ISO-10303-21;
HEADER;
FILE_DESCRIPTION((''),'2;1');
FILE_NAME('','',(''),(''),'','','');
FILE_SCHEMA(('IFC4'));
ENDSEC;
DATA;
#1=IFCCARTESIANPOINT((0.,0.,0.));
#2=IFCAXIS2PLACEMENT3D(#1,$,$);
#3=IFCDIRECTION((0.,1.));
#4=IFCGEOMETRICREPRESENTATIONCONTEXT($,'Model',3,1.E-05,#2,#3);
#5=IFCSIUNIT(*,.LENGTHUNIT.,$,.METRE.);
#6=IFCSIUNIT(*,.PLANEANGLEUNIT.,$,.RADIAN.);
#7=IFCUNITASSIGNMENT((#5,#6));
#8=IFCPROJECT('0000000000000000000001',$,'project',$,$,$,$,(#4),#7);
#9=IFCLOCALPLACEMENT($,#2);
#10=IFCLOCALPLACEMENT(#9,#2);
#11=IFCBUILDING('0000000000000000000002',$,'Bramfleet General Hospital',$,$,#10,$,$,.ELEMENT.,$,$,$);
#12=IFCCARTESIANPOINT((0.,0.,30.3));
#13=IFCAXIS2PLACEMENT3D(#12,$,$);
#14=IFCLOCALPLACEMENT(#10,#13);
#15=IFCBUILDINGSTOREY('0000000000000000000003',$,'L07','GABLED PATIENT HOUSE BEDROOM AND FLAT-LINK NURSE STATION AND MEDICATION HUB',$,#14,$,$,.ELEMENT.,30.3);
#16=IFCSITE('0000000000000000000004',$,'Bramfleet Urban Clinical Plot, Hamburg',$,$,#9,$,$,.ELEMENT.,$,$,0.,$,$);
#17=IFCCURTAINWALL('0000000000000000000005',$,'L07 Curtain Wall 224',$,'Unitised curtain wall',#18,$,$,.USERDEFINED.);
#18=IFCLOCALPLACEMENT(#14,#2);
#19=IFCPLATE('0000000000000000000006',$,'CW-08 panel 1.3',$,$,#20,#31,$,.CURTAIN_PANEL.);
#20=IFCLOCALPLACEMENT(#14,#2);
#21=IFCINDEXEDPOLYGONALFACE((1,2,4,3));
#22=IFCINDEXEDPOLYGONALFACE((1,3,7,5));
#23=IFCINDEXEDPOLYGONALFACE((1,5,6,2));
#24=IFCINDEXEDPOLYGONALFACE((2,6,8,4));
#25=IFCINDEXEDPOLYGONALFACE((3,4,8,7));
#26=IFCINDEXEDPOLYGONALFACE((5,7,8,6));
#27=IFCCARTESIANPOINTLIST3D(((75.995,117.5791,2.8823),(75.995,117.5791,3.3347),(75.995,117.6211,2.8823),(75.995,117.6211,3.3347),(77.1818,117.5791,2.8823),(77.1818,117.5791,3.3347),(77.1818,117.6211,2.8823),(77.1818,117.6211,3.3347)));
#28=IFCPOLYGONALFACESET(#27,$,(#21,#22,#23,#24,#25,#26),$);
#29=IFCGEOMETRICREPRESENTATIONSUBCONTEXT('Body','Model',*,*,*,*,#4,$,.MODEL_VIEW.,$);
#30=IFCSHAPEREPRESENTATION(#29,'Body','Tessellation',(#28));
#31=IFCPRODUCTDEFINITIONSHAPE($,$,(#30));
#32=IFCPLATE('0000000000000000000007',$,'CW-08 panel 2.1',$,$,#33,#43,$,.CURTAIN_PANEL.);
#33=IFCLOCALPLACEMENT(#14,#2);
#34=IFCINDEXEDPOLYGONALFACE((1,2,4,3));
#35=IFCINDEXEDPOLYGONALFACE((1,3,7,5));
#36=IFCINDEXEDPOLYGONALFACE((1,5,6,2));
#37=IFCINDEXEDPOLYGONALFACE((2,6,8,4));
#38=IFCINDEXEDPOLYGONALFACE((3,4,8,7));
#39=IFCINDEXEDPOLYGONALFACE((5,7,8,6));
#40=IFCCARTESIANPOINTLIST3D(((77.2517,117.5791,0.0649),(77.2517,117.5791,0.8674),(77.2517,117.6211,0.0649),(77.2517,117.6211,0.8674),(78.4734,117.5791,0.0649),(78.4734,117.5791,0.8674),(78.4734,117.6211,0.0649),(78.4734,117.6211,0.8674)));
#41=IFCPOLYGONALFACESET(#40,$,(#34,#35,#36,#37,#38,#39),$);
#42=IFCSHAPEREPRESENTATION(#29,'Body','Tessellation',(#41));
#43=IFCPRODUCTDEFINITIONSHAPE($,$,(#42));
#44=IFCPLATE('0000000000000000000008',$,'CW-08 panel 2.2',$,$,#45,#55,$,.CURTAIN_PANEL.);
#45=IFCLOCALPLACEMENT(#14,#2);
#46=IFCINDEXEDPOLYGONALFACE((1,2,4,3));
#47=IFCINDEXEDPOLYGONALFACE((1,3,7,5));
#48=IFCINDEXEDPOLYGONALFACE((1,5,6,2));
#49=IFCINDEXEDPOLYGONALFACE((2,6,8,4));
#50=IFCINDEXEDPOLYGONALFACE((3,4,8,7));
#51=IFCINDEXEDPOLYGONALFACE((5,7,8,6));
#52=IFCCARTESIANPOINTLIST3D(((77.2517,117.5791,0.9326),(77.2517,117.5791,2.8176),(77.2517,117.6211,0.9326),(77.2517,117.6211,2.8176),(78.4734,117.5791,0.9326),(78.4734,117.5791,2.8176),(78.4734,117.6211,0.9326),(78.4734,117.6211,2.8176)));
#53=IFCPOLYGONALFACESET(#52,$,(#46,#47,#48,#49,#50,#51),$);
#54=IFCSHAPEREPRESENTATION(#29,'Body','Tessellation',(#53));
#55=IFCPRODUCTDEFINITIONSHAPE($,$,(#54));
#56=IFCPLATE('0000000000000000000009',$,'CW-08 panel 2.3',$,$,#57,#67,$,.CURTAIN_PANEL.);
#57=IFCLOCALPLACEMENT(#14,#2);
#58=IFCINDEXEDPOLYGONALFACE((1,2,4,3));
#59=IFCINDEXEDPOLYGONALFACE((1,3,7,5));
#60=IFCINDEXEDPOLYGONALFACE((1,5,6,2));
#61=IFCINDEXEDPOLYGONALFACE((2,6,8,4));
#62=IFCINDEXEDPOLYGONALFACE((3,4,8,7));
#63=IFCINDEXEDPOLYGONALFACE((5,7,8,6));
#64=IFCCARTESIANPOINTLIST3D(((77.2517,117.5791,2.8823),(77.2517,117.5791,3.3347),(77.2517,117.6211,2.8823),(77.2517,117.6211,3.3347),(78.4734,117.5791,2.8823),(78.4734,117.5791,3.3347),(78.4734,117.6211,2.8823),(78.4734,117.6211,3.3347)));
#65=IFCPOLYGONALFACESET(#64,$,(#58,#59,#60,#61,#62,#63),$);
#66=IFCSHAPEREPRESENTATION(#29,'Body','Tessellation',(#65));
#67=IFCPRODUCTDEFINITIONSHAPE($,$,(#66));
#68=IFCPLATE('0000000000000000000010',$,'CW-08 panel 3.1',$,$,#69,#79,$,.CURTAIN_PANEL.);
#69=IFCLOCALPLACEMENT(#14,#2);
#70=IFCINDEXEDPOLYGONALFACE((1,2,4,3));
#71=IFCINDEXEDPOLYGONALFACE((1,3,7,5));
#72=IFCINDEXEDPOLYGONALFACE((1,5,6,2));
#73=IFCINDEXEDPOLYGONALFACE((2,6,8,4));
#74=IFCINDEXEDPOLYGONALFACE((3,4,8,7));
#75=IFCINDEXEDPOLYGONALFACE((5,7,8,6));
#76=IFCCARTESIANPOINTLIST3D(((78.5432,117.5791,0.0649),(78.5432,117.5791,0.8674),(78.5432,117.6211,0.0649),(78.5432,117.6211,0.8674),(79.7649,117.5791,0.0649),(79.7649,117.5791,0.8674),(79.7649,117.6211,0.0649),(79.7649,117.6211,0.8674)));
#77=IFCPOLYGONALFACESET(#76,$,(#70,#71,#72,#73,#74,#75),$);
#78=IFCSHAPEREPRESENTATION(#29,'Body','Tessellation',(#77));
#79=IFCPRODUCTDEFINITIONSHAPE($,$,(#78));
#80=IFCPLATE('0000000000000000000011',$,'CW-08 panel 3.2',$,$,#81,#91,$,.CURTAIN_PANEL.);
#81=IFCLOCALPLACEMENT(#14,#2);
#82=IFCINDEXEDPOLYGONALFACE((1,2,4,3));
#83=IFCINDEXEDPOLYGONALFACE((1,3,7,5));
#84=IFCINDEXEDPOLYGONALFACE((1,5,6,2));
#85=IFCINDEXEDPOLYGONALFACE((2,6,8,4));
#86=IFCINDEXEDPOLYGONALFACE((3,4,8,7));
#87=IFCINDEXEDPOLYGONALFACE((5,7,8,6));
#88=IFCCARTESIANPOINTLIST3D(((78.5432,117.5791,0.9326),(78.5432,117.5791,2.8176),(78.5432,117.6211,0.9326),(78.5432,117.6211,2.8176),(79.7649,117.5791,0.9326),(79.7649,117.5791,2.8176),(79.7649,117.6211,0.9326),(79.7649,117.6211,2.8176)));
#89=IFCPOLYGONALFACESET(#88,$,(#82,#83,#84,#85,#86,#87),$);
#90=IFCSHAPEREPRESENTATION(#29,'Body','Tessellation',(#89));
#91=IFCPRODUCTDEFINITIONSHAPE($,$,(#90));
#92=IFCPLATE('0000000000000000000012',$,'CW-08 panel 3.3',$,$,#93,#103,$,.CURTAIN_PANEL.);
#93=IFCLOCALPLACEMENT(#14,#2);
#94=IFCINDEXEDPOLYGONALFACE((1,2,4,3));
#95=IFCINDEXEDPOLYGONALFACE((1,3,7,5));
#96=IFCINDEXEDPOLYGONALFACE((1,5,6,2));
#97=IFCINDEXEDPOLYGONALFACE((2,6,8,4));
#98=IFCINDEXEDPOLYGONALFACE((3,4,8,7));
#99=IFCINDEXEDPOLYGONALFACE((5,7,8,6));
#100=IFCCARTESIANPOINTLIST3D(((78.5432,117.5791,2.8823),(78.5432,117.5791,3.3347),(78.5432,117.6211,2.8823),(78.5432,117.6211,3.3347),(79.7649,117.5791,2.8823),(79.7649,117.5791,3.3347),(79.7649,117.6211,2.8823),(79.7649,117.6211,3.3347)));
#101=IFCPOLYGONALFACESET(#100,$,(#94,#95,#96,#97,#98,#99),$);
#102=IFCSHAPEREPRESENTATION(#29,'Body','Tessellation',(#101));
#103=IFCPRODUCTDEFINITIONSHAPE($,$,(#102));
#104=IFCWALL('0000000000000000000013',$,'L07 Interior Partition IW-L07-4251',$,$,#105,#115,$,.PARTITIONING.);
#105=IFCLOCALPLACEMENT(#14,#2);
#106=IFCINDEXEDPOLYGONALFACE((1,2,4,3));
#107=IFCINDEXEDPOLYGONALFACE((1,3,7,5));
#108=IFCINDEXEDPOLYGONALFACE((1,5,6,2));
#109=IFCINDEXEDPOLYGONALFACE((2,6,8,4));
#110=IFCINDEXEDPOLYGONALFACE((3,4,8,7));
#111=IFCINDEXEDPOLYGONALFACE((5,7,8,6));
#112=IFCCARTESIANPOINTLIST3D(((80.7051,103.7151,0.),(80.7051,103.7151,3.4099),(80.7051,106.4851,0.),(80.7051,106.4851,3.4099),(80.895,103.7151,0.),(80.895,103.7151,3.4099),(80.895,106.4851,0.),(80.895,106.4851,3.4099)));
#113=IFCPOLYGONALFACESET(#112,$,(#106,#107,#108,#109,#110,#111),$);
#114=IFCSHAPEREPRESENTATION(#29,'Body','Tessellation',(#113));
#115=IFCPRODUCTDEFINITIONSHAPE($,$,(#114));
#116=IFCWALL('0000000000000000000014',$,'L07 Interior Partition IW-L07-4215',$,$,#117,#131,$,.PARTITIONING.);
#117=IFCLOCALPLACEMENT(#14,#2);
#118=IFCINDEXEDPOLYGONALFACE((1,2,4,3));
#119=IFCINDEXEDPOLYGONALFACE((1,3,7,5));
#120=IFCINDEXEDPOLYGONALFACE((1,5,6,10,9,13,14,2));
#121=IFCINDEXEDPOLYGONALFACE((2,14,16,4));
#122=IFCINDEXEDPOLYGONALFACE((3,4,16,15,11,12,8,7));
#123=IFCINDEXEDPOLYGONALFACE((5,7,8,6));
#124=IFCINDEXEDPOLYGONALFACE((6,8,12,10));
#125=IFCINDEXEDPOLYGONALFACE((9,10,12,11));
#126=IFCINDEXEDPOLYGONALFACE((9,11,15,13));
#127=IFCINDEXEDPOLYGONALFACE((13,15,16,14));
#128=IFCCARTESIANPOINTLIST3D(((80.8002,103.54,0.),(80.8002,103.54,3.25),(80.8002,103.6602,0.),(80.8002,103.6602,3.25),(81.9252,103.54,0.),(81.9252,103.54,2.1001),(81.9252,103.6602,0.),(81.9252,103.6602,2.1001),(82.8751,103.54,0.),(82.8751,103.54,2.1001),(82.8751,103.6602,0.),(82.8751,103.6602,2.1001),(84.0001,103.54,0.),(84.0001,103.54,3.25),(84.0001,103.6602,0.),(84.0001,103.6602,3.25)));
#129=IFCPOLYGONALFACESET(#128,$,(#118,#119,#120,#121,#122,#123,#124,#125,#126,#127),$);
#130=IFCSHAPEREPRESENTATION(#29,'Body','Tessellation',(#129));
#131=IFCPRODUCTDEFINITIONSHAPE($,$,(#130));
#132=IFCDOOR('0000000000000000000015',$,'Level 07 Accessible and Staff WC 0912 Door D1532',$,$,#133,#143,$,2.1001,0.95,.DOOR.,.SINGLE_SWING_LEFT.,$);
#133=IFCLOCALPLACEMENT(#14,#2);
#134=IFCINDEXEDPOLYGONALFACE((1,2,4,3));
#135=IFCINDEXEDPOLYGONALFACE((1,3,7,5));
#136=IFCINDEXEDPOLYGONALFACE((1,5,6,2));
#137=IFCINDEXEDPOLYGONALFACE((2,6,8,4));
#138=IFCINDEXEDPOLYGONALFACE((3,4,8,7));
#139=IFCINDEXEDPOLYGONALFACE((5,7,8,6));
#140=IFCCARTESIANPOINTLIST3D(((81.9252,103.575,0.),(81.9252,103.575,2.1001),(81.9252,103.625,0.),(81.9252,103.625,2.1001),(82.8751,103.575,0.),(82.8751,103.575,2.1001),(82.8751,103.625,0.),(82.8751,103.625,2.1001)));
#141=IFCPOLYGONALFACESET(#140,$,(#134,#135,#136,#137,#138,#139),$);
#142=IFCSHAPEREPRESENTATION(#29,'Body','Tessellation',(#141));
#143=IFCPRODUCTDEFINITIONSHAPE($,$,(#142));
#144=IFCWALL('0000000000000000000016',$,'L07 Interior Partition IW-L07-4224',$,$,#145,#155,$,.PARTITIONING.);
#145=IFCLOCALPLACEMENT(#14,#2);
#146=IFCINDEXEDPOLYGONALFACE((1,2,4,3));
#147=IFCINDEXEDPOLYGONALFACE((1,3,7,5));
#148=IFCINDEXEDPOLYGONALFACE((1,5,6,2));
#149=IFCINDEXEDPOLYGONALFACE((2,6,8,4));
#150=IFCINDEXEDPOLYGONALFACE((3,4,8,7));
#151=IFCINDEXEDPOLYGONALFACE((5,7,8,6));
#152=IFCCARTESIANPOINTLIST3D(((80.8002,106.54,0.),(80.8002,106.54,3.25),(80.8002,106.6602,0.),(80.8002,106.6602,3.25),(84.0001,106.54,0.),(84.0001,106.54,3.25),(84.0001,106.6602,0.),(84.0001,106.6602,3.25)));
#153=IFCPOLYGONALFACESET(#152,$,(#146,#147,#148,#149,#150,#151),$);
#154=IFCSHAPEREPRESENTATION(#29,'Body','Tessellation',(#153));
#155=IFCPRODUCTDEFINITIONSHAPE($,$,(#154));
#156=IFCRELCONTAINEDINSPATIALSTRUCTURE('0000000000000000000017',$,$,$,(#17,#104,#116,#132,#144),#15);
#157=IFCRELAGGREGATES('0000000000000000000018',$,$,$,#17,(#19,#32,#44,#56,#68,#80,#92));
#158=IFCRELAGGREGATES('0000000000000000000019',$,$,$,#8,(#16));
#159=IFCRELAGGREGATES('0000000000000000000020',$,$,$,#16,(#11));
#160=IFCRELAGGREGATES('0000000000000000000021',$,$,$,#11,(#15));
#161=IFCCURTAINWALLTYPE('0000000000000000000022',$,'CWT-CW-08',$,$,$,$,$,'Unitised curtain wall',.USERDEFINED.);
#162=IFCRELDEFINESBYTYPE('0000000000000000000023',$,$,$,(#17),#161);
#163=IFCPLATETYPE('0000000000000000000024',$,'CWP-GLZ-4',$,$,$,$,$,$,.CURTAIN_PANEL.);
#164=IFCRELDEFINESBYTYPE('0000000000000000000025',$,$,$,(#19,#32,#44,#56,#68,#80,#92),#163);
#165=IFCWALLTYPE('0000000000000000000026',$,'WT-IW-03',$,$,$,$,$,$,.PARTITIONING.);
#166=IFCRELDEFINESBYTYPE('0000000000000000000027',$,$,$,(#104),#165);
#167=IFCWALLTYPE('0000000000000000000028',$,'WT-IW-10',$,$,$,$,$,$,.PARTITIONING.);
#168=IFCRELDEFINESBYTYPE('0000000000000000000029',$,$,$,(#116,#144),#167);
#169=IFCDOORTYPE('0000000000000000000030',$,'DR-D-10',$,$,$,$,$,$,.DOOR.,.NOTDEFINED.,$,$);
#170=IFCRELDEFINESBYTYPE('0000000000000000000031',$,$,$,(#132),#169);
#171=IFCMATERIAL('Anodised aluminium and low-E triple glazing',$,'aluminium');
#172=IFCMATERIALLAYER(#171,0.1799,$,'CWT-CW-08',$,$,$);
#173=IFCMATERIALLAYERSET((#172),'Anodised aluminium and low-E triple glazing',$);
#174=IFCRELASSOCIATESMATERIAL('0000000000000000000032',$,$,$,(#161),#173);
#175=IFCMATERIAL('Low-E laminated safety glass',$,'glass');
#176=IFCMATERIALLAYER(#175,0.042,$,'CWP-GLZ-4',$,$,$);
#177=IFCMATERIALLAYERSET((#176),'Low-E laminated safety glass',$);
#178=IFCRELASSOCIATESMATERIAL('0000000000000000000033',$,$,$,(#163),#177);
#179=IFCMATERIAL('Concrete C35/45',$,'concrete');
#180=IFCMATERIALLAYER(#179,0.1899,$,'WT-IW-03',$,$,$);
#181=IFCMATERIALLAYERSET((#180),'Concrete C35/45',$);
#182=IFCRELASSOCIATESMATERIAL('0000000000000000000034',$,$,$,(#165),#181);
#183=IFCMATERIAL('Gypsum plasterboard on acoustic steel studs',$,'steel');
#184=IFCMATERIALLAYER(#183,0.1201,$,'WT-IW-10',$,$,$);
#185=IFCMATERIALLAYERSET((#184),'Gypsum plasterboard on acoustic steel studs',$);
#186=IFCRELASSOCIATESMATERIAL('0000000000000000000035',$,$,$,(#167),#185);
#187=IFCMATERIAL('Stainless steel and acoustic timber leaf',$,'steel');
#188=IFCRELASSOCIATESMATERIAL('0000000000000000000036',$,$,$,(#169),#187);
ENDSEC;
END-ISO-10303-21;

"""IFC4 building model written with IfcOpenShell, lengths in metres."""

from ifc_helpers import new_model, si_unit, direction, frame, frame_2d, origin, origin_2d, place, context, subcontext, project, spatial, rectangle, extrude, material, layer, layer_set, type_object, element, fill, aggregate, save


model = new_model("IFC4")

# Units and contexts
model_context = context("Model", 3, precision=1e-05, world=origin(), true_north=direction((0.0, 1.0)))
body_context = subcontext(model_context, "Body", "Model", "MODEL_VIEW")
ifc_project = project(units=[si_unit("LENGTHUNIT", "METRE"), si_unit("PLANEANGLEUNIT", "RADIAN")], contexts=[model_context])

# Site, building, storey
site_placement = place(None, origin())
site = spatial("IfcSite", under=ifc_project, at=site_placement, Name="Bramfleet Urban Clinical Plot, Hamburg", CompositionType="ELEMENT", RefElevation=0.0)
building_placement = place(site_placement, origin())
building = spatial("IfcBuilding", under=site, at=building_placement, Name="Bramfleet General Hospital", CompositionType="ELEMENT")
storey_placement = place(building_placement, frame((0.0, 0.0, 30.3)))
storey = spatial("IfcBuildingStorey", under=building, at=storey_placement, Name="L07", Description="GABLED PATIENT HOUSE BEDROOM AND FLAT-LINK NURSE STATION AND MEDICATION HUB", CompositionType="ELEMENT", Elevation=30.3)

# Curtain wall, plates
ifc_material_1 = material(Name="Anodised aluminium and low-E triple glazing", Category="aluminium")
ifc_layer_1 = layer(ifc_material_1, 0.1799, Name="CWT-CW-08")
ifc_layer_set_1 = layer_set([ifc_layer_1], Name="Anodised aluminium and low-E triple glazing")
curtain_wall_type = type_object("IfcCurtainWallType", Name="CWT-CW-08", ElementType="Unitised curtain wall", PredefinedType="USERDEFINED", material=ifc_layer_set_1)
curtain_wall_placement = place(storey_placement, origin())
curtain_wall = element("IfcCurtainWall", 1, at=curtain_wall_placement, inside=storey, type_object=curtain_wall_type, Name="L07 Curtain Wall 224", ObjectType="Unitised curtain wall", PredefinedType="USERDEFINED")
ifc_material_2 = material(Name="Low-E laminated safety glass", Category="glass")
ifc_layer_2 = layer(ifc_material_2, 0.042, Name="CWP-GLZ-4")
ifc_layer_set_2 = layer_set([ifc_layer_2], Name="Low-E laminated safety glass")
plate_type = type_object("IfcPlateType", Name="CWP-GLZ-4", PredefinedType="CURTAIN_PANEL", material=ifc_layer_set_2)
plate_1_placement = place(storey_placement, frame((76.5884, 117.6001, 2.8823), z_axis=(0.0, 0.0, 1.0), x_axis=(1.0, 0.0, 0.0)))
plate_1 = element("IfcPlate", 2, at=plate_1_placement, type_object=plate_type, Name="CW-08 panel 1.3", PredefinedType="CURTAIN_PANEL", context=body_context, shape_type="SweptSolid", body=[
    extrude(rectangle(XDim=1.1868, YDim=0.042, at=origin_2d()), origin(), (0.0, 0.0, 1.0), 0.4524),
])
plate_2_placement = place(storey_placement, frame((77.8625, 117.6001, 0.0649), z_axis=(0.0, 0.0, 1.0), x_axis=(1.0, 0.0, 0.0)))
plate_2 = element("IfcPlate", 3, at=plate_2_placement, type_object=plate_type, Name="CW-08 panel 2.1", PredefinedType="CURTAIN_PANEL", context=body_context, shape_type="SweptSolid", body=[
    extrude(rectangle(XDim=1.2217, YDim=0.042, at=origin_2d()), origin(), (0.0, 0.0, 1.0), 0.8025),
])
plate_3_placement = place(storey_placement, frame((77.8625, 117.6001, 0.9326), z_axis=(0.0, 0.0, 1.0), x_axis=(1.0, 0.0, 0.0)))
plate_3 = element("IfcPlate", 4, at=plate_3_placement, type_object=plate_type, Name="CW-08 panel 2.2", PredefinedType="CURTAIN_PANEL", context=body_context, shape_type="SweptSolid", body=[
    extrude(rectangle(XDim=1.2217, YDim=0.042, at=origin_2d()), origin(), (0.0, 0.0, 1.0), 1.885),
])
plate_4_placement = place(storey_placement, frame((77.8625, 117.6001, 2.8823), z_axis=(0.0, 0.0, 1.0), x_axis=(1.0, 0.0, 0.0)))
plate_4 = element("IfcPlate", 5, at=plate_4_placement, type_object=plate_type, Name="CW-08 panel 2.3", PredefinedType="CURTAIN_PANEL", context=body_context, shape_type="SweptSolid", body=[
    extrude(rectangle(XDim=1.2217, YDim=0.042, at=origin_2d()), origin(), (0.0, 0.0, 1.0), 0.4524),
])
plate_5_placement = place(storey_placement, frame((79.1541, 117.6001, 0.0649), z_axis=(0.0, 0.0, 1.0), x_axis=(1.0, 0.0, 0.0)))
plate_5 = element("IfcPlate", 6, at=plate_5_placement, type_object=plate_type, Name="CW-08 panel 3.1", PredefinedType="CURTAIN_PANEL", context=body_context, shape_type="SweptSolid", body=[
    extrude(rectangle(XDim=1.2217, YDim=0.042, at=origin_2d()), origin(), (0.0, 0.0, 1.0), 0.8025),
])
plate_6_placement = place(storey_placement, frame((79.1541, 117.6001, 0.9326), z_axis=(0.0, 0.0, 1.0), x_axis=(1.0, 0.0, 0.0)))
plate_6 = element("IfcPlate", 7, at=plate_6_placement, type_object=plate_type, Name="CW-08 panel 3.2", PredefinedType="CURTAIN_PANEL", context=body_context, shape_type="SweptSolid", body=[
    extrude(rectangle(XDim=1.2217, YDim=0.042, at=origin_2d()), origin(), (0.0, 0.0, 1.0), 1.885),
])
plate_7_placement = place(storey_placement, frame((79.1541, 117.6001, 2.8823), z_axis=(0.0, 0.0, 1.0), x_axis=(1.0, 0.0, 0.0)))
plate_7 = element("IfcPlate", 8, at=plate_7_placement, type_object=plate_type, Name="CW-08 panel 3.3", PredefinedType="CURTAIN_PANEL", context=body_context, shape_type="SweptSolid", body=[
    extrude(rectangle(XDim=1.2217, YDim=0.042, at=origin_2d()), origin(), (0.0, 0.0, 1.0), 0.4524),
])
aggregate(curtain_wall, [plate_1, plate_2, plate_3, plate_4, plate_5, plate_6, plate_7])

# Wall
ifc_material_3 = material(Name="Concrete C35/45", Category="concrete")
ifc_layer_3 = layer(ifc_material_3, 0.1899, Name="WT-IW-03")
ifc_layer_set_3 = layer_set([ifc_layer_3], Name="Concrete C35/45")
wall_type_1 = type_object("IfcWallType", Name="WT-IW-03", PredefinedType="PARTITIONING", material=ifc_layer_set_3)
wall_1_placement = place(storey_placement, frame((80.8, 103.7151, 0.0), z_axis=(0.0, 0.0, 1.0), x_axis=(0.0, 1.0, 0.0)))
element("IfcWall", 9, at=wall_1_placement, inside=storey, type_object=wall_type_1, Name="L07 Interior Partition IW-L07-4251", PredefinedType="PARTITIONING", context=body_context, shape_type="SweptSolid", body=[
    extrude(rectangle(XDim=2.77, YDim=0.1899, at=frame_2d((1.385, 0.0))), origin(), (0.0, 0.0, 1.0), 3.4099),
])

# Wall, opening, door
ifc_material_4 = material(Name="Gypsum plasterboard on acoustic steel studs", Category="steel")
ifc_layer_4 = layer(ifc_material_4, 0.1201, Name="WT-IW-10")
ifc_layer_set_4 = layer_set([ifc_layer_4], Name="Gypsum plasterboard on acoustic steel studs")
wall_type_2 = type_object("IfcWallType", Name="WT-IW-10", PredefinedType="PARTITIONING", material=ifc_layer_set_4)
wall_2_placement = place(storey_placement, frame((80.8, 103.6001, 0.0), z_axis=(0.0, 0.0, 1.0), x_axis=(1.0, 0.0, 0.0)))
wall_2 = element("IfcWall", 10, at=wall_2_placement, inside=storey, type_object=wall_type_2, Name="L07 Interior Partition IW-L07-4215", PredefinedType="PARTITIONING", context=body_context, shape_type="SweptSolid", body=[
    extrude(rectangle(XDim=3.2, YDim=0.1201, at=frame_2d((1.6001, 0.0))), origin(), (0.0, 0.0, 1.0), 3.25),
])
opening_placement = place(wall_2_placement, frame((1.125, 0.0, 0.0)))
opening = element("IfcOpeningElement", 11, at=opening_placement, cuts=wall_2, PredefinedType="OPENING", context=body_context, shape_type="SweptSolid", body=[
    extrude(rectangle(XDim=0.95, YDim=2.1001, at=frame_2d((0.4751, 1.05))), frame((0.0, 0.0701, 0.0), z_axis=(0.0, -1.0, 0.0), x_axis=(1.0, 0.0, 0.0)), (0.0, 0.0, 1.0), 0.1401),
])
ifc_material_5 = material(Name="Stainless steel and acoustic timber leaf", Category="steel")
door_type = type_object("IfcDoorType", Name="DR-D-10", OperationType="NOTDEFINED", PredefinedType="DOOR", material=ifc_material_5)
door_placement = place(opening_placement, origin())
door = element("IfcDoor", 12, at=door_placement, inside=storey, type_object=door_type, Name="Level 07 Accessible and Staff WC 0912 Door D1532", OperationType="SINGLE_SWING_LEFT", OverallHeight=2.1001, OverallWidth=0.95, PredefinedType="DOOR", context=body_context, shape_type="SweptSolid", body=[
    extrude(rectangle(XDim=0.95, YDim=2.1001, at=frame_2d((0.4751, 1.05))), frame((0.0, 0.0249, 0.0), z_axis=(0.0, -1.0, 0.0), x_axis=(1.0, 0.0, 0.0)), (0.0, 0.0, 1.0), 0.05),
])
fill(opening, door)

# Wall
wall_3_placement = place(storey_placement, frame((80.8, 106.6001, 0.0), z_axis=(0.0, 0.0, 1.0), x_axis=(1.0, 0.0, 0.0)))
element("IfcWall", 13, at=wall_3_placement, inside=storey, type_object=wall_type_2, Name="L07 Interior Partition IW-L07-4224", PredefinedType="PARTITIONING", context=body_context, shape_type="SweptSolid", body=[
    extrude(rectangle(XDim=3.2, YDim=0.1201, at=frame_2d((1.6001, 0.0))), origin(), (0.0, 0.0, 1.0), 3.25),
])

save(model, "model.ifc")
